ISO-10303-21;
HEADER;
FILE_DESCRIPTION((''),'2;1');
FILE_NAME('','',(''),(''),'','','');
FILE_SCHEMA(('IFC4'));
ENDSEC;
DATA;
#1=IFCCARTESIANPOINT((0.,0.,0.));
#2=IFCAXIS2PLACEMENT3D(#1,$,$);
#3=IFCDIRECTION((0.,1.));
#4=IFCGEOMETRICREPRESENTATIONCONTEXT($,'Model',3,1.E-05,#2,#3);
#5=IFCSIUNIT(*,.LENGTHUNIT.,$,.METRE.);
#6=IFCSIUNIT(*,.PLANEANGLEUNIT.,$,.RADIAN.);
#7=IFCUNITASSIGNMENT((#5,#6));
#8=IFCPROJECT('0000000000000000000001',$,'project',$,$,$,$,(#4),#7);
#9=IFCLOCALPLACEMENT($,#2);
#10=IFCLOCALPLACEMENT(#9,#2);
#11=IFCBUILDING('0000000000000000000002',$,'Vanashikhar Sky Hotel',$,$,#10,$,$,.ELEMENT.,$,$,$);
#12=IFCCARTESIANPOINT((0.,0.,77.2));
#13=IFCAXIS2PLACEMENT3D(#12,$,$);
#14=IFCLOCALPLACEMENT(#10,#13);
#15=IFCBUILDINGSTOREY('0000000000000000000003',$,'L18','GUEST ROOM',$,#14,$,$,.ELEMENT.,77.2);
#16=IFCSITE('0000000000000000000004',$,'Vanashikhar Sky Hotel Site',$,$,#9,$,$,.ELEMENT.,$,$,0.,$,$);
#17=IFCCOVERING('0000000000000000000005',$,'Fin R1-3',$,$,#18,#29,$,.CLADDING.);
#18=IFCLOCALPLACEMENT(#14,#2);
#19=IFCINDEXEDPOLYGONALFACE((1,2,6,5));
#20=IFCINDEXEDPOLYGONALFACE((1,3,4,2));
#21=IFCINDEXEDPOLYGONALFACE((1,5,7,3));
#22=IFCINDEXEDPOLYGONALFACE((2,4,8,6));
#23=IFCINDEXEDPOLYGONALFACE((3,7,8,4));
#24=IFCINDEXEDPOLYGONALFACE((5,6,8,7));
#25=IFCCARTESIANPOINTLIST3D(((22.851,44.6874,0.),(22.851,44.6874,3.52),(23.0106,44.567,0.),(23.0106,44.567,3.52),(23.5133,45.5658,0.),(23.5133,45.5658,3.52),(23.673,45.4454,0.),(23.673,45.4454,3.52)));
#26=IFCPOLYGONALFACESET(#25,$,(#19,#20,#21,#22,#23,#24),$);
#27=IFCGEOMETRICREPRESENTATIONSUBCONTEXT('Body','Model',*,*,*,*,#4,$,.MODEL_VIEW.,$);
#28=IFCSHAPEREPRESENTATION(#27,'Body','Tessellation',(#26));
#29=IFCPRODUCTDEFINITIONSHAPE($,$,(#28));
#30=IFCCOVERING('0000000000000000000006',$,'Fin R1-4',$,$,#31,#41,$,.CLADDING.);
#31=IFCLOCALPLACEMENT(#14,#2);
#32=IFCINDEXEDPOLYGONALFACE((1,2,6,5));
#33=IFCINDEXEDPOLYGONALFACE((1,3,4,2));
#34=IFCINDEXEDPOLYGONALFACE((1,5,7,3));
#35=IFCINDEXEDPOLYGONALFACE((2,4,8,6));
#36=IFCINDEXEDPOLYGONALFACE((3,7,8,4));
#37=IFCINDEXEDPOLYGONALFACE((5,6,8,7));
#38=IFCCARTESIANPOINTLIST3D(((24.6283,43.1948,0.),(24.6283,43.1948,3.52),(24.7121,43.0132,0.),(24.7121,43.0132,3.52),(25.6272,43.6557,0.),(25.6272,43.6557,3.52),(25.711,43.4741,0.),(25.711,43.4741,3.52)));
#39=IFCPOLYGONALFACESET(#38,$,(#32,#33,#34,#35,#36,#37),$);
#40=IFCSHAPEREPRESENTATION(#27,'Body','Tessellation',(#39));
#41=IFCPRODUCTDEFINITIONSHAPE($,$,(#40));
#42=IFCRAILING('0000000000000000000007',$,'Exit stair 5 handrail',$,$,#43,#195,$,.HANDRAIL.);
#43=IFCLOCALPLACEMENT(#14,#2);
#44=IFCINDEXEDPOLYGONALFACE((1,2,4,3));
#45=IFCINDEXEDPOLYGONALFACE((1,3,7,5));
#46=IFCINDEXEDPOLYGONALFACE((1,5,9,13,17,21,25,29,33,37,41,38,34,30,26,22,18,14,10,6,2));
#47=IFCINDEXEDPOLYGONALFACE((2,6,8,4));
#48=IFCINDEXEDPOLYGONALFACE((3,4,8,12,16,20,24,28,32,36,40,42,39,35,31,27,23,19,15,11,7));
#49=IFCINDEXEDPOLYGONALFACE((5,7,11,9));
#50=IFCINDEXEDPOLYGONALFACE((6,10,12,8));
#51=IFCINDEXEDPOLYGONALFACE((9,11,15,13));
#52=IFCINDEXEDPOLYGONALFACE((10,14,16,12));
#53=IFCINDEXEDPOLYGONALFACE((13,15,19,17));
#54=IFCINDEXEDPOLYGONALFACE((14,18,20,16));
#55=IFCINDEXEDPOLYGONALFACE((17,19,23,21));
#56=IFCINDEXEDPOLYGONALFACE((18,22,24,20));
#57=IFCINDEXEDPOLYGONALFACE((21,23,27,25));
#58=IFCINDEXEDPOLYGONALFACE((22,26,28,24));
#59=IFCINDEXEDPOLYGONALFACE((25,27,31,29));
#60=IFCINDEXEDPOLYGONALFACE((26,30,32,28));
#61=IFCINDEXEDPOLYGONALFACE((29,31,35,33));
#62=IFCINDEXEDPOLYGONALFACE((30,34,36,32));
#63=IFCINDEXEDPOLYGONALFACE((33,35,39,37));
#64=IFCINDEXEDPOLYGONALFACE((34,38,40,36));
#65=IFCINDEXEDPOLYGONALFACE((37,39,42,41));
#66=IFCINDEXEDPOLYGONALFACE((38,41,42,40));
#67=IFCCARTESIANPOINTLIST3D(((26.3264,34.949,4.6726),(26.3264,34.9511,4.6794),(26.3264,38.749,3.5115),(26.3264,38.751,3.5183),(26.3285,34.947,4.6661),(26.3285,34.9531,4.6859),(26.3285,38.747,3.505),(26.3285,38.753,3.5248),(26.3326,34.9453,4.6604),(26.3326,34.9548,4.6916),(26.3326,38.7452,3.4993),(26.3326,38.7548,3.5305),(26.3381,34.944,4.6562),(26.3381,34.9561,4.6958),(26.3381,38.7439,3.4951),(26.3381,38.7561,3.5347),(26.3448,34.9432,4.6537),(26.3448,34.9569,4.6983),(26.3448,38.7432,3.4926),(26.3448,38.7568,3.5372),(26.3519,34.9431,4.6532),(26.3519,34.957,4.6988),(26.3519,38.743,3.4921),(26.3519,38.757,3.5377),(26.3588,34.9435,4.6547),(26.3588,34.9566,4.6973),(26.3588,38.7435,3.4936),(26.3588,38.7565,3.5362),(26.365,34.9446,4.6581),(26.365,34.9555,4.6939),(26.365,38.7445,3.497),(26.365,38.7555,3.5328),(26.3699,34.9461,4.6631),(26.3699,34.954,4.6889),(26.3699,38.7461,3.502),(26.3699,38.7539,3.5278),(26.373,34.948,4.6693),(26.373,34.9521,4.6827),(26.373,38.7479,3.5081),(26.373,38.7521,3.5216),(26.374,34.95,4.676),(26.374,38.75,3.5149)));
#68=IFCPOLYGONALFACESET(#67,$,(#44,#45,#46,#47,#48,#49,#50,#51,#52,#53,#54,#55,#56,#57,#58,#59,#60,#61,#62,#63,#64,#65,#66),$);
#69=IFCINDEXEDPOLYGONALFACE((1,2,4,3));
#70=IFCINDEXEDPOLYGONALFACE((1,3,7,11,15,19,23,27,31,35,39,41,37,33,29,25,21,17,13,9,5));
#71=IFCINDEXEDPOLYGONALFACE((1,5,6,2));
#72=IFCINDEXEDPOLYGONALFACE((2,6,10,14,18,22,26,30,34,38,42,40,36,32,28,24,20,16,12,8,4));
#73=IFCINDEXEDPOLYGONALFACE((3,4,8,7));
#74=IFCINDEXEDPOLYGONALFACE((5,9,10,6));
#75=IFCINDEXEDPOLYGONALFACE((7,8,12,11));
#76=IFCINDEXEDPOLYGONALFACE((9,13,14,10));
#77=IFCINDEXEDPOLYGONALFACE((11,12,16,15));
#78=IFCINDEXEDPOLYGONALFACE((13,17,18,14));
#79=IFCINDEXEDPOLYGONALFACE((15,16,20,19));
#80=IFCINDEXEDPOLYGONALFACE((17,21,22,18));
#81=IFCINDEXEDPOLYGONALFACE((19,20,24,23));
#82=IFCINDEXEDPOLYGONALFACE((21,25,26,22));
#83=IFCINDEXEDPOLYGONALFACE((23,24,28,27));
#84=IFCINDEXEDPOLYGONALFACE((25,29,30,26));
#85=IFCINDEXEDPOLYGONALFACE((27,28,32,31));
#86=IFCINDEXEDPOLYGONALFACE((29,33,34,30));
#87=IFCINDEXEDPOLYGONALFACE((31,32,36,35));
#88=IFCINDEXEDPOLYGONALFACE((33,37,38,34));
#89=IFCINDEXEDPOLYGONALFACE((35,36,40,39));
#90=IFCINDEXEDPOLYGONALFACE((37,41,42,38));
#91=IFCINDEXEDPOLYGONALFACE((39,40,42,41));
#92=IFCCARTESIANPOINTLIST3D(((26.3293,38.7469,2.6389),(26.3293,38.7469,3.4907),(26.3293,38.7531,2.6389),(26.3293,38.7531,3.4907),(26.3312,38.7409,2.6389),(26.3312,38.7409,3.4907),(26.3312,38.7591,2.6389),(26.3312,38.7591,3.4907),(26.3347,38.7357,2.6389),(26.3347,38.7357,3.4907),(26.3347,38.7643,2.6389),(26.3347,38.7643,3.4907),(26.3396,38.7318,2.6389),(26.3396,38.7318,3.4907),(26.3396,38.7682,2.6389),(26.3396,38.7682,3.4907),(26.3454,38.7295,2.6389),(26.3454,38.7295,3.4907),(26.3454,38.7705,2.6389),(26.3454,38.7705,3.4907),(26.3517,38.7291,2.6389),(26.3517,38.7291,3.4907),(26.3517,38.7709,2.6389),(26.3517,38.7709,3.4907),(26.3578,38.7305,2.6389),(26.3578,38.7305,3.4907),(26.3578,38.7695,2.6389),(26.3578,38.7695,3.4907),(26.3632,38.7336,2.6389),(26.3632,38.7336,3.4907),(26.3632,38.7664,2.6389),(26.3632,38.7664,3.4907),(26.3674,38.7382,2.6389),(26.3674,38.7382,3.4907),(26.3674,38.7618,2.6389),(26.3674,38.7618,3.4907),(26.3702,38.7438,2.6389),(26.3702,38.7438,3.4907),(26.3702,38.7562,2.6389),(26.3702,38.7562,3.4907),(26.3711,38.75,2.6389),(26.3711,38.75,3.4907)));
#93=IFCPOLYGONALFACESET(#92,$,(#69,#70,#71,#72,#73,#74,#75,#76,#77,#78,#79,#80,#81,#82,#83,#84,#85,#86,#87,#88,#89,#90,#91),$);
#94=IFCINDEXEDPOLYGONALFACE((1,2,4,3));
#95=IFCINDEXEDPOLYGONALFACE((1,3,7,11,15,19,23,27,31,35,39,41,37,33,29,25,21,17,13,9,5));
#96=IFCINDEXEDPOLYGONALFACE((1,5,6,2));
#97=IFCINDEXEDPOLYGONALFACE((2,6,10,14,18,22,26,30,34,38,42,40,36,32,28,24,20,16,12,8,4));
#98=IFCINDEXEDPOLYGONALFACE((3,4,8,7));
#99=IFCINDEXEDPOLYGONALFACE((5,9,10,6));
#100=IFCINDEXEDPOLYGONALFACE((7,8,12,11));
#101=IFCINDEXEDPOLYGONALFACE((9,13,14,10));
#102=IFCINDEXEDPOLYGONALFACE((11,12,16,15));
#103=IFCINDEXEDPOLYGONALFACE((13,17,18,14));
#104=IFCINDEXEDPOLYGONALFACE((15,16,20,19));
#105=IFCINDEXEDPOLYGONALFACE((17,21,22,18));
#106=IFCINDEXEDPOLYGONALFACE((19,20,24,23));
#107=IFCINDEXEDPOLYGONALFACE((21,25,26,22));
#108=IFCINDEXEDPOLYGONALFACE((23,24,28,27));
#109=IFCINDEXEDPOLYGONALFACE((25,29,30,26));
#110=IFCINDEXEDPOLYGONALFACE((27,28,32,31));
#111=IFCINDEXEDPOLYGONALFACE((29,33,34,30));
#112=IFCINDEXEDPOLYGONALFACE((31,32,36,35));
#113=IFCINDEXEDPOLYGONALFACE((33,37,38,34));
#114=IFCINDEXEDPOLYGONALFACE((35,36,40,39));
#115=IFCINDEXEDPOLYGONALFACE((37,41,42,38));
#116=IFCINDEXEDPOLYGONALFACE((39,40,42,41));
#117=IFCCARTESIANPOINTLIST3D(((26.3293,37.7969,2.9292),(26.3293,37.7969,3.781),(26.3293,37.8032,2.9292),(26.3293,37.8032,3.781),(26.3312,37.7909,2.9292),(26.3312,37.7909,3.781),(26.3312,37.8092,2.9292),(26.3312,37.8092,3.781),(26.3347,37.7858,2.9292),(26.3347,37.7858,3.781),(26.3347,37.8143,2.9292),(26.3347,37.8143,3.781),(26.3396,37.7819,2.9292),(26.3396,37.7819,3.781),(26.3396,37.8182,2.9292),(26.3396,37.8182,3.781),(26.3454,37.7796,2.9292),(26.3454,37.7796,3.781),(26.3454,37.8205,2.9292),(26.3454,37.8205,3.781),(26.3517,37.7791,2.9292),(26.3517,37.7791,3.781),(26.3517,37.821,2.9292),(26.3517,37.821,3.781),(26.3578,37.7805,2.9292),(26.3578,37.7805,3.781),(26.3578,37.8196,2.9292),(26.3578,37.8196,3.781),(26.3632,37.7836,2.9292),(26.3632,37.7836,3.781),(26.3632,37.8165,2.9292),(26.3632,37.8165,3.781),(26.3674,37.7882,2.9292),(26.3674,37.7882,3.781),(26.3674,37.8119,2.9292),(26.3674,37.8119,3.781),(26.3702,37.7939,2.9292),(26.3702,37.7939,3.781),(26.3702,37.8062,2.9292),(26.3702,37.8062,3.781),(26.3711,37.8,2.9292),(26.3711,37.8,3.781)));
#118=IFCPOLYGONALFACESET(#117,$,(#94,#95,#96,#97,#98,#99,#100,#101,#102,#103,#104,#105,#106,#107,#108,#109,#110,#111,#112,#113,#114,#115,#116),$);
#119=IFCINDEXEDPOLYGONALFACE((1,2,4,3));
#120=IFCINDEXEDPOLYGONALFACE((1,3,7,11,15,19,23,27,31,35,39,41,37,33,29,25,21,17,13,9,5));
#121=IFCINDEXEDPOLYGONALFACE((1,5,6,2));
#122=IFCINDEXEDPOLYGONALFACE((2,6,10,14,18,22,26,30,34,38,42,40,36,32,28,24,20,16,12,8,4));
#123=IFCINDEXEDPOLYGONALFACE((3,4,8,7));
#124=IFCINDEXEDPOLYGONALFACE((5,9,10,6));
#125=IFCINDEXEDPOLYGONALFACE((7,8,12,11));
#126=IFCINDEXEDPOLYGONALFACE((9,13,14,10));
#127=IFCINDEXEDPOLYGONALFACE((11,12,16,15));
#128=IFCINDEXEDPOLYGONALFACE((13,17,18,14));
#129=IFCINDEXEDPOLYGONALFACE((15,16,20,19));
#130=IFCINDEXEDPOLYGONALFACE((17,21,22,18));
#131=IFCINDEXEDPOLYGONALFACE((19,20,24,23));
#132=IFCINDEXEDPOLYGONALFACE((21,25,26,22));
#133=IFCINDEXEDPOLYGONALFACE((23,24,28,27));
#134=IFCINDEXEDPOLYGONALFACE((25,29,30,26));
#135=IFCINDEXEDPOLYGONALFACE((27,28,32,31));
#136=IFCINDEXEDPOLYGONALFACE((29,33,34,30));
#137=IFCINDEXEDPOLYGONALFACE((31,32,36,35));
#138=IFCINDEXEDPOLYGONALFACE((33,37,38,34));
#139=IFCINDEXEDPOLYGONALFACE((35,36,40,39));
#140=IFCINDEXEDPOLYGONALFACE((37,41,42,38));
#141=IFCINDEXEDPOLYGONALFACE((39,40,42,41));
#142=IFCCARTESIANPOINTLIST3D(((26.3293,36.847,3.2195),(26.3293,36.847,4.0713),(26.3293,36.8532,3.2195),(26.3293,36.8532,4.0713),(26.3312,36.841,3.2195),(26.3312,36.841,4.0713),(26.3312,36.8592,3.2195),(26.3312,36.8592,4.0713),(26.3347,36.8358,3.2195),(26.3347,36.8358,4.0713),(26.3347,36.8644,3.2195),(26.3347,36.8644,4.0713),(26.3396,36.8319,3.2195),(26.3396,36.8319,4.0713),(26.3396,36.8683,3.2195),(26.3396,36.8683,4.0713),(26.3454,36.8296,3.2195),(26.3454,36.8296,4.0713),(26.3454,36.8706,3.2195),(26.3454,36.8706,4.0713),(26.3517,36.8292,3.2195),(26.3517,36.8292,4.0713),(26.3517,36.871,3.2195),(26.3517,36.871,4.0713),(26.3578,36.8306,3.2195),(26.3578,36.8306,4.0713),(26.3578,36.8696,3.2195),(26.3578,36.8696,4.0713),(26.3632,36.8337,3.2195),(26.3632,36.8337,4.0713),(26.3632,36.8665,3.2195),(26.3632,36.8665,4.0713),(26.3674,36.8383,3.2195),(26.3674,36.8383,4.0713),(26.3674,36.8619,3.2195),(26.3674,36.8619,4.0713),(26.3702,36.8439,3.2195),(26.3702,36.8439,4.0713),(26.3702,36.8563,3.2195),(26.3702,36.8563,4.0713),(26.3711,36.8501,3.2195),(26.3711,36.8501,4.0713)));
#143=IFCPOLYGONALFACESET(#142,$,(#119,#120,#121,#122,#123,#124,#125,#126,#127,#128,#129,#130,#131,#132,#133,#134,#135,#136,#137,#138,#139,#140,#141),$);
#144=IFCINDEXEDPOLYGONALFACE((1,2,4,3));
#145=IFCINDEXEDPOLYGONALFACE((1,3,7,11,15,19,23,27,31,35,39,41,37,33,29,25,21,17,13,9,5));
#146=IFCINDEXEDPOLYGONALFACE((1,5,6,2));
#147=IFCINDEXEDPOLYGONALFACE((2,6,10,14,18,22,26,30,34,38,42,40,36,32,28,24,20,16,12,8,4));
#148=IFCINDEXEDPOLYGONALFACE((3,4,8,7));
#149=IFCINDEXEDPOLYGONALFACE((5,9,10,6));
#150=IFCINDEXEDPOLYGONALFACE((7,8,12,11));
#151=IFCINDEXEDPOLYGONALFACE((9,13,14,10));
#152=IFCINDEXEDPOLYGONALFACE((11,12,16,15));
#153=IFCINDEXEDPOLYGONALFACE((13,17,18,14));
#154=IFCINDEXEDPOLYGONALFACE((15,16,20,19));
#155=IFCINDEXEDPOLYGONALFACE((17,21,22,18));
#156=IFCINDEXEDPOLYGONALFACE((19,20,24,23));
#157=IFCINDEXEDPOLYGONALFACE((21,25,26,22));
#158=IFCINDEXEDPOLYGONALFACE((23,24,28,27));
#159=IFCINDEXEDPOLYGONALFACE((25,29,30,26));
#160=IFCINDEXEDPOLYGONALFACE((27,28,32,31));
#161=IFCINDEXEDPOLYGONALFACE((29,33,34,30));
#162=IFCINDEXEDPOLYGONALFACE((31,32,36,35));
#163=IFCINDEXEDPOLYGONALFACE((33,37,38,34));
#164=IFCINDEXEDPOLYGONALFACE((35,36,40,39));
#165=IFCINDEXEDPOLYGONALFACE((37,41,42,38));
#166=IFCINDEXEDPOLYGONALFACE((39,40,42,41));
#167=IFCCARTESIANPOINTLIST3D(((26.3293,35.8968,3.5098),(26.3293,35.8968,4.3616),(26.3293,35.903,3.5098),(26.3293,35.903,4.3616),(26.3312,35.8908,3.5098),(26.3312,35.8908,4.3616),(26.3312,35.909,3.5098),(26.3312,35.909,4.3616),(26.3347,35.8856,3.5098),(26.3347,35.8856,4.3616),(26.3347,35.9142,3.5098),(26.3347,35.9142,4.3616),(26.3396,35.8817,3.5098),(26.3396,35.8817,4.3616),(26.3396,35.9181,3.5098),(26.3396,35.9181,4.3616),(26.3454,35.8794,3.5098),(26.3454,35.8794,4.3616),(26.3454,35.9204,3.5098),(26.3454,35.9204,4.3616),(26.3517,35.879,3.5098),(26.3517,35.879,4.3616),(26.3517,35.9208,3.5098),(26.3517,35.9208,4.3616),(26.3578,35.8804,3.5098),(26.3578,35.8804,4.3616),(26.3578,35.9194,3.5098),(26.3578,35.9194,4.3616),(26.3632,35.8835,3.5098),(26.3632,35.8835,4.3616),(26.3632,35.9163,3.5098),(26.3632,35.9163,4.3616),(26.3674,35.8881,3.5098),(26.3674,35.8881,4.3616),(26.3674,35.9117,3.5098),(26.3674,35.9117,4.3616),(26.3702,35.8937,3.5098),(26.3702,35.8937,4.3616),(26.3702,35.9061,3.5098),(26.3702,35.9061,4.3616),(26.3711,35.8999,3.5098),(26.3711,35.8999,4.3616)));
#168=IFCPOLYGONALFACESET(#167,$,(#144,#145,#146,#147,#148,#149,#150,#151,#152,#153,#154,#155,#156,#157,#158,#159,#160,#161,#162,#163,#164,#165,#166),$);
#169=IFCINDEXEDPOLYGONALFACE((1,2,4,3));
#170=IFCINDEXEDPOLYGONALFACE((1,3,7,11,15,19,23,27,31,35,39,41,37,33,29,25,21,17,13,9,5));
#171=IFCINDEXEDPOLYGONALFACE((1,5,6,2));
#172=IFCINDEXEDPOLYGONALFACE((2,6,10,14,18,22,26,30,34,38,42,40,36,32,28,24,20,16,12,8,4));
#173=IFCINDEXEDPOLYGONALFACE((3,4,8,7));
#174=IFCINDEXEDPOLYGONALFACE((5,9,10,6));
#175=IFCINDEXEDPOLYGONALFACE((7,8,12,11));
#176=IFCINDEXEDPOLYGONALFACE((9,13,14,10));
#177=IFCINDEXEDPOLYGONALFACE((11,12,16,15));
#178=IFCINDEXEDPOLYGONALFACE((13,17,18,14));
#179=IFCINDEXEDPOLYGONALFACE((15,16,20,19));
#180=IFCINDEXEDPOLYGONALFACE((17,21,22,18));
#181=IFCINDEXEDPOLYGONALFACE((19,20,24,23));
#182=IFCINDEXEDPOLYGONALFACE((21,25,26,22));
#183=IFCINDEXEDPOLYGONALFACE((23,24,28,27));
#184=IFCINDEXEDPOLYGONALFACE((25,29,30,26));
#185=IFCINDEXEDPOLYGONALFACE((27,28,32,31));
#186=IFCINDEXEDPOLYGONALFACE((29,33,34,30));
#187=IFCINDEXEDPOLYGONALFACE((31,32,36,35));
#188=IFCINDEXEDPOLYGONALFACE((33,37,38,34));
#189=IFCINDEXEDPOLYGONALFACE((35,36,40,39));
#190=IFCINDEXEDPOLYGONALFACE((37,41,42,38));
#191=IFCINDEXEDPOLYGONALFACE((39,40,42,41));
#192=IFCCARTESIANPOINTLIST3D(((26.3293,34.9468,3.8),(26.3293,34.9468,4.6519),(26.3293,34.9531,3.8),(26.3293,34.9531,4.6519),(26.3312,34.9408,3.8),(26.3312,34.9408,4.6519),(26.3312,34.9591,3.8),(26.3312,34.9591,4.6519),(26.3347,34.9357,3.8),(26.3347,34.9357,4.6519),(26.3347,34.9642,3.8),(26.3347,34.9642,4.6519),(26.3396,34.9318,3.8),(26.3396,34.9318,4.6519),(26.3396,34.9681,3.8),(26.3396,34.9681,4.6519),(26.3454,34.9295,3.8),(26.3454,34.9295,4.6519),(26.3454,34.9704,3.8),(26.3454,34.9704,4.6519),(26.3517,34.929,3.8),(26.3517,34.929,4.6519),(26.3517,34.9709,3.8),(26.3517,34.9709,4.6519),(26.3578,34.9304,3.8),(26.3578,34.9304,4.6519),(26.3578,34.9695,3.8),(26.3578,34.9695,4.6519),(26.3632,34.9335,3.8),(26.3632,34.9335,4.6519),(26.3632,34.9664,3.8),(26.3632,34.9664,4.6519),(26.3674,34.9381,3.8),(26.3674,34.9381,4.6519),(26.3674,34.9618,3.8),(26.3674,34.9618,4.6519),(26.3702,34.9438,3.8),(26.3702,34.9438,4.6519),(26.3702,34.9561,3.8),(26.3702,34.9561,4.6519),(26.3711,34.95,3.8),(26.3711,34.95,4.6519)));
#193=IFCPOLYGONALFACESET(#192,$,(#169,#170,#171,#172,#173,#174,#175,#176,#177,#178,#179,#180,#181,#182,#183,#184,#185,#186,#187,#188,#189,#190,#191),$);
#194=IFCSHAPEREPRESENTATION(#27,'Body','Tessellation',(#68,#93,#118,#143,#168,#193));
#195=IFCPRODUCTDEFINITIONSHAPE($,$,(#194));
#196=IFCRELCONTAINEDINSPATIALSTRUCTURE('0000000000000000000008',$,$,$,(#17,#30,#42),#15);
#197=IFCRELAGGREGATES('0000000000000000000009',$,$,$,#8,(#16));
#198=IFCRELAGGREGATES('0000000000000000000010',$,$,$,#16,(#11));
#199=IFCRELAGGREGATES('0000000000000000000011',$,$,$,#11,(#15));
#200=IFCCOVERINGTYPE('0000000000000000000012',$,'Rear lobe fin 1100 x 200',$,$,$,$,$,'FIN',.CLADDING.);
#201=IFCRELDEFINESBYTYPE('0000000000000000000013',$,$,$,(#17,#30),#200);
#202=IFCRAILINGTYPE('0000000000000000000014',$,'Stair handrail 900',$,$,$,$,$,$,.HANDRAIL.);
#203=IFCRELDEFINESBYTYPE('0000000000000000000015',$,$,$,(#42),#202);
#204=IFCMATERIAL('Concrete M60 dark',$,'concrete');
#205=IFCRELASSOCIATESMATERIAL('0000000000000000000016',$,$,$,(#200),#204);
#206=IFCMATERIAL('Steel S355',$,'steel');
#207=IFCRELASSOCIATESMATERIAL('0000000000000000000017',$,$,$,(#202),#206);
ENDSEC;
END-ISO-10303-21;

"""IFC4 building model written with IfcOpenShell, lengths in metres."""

from ifc_helpers import new_model, si_unit, direction, frame, origin, origin_2d, place, context, subcontext, project, spatial, rectangle, circle, extrude, source, transform, mapped, material, material_profile, profile_set, type_object, element, save


model = new_model("IFC4")

# Units and contexts
model_context = context("Model", 3, precision=1e-05, world=origin(), true_north=direction((0.0, 1.0)))
body_context = subcontext(model_context, "Body", "Model", "MODEL_VIEW")
ifc_project = project(units=[si_unit("LENGTHUNIT", "METRE"), si_unit("PLANEANGLEUNIT", "RADIAN")], contexts=[model_context])

# Site, building, storey
site_placement = place(None, origin())
site = spatial("IfcSite", under=ifc_project, at=site_placement, Name="Vanashikhar Sky Hotel Site", CompositionType="ELEMENT", RefElevation=0.0)
building_placement = place(site_placement, origin())
building = spatial("IfcBuilding", under=site, at=building_placement, Name="Vanashikhar Sky Hotel", CompositionType="ELEMENT")
storey_placement = place(building_placement, frame((0.0, 0.0, 77.2)))
storey = spatial("IfcBuildingStorey", under=building, at=storey_placement, Name="L18", Description="GUEST ROOM", CompositionType="ELEMENT", Elevation=77.2)

# Coverings
ifc_material_1 = material(Name="Concrete M60 dark", Category="concrete")
ifc_material_profile = material_profile(ifc_material_1, rectangle(XDim=1.1001, YDim=0.2, at=origin_2d()))
ifc_profile_set = profile_set([ifc_material_profile], Name="Rear lobe fin 1100 x 200")
covering_type = type_object("IfcCoveringType", Name="Rear lobe fin 1100 x 200", ElementType="FIN", PredefinedType="CLADDING", material=ifc_profile_set)
shared_shape_1 = source(origin(), body_context, "Body", "SweptSolid", [
    extrude(rectangle(XDim=1.1001, YDim=0.2, at=origin_2d()), origin(), (0.0, 0.0, 1.0), 3.52),
])
for number, where, z_axis, x_axis, name in (
    (1, (23.262, 45.0664, 0.0), (0.0, 0.0, 1.0), (0.602066, 0.798446, 0.0), "Fin R1-3"),
    (2, (25.1697, 43.3345, 0.0), (0.0, 0.0, 1.0), (0.908004, 0.418961, 0.0), "Fin R1-4"),
):
    element("IfcCovering", number, at=place(storey_placement, frame(where, z_axis=z_axis, x_axis=x_axis)), inside=storey, type_object=covering_type, Name=name, PredefinedType="CLADDING", context=body_context, shape_type="MappedRepresentation", body=[
        mapped(shared_shape_1, transform((0.0, 0.0, 0.0), scale=1.0)),
    ])

# Railing
ifc_material_2 = material(Name="Steel S355", Category="steel")
railing_type = type_object("IfcRailingType", Name="Stair handrail 900", PredefinedType="HANDRAIL", material=ifc_material_2)
shared_shape_2 = source(origin(), body_context, "Body", "SweptSolid", [
    extrude(circle(Radius=0.0239, at=origin_2d()), frame((0.0, 0.0, 0.876), z_axis=(0.0, -0.956351, 0.29222), x_axis=(1.0, 0.0, 0.0)), (0.0, 0.0, 1.0), 3.9734),
    extrude(circle(Radius=0.021, at=origin_2d()), origin(), (0.0, 0.0, 1.0), 0.8518),
    extrude(circle(Radius=0.021, at=origin_2d()), frame((0.0, -0.95, 0.2903)), (0.0, 0.0, 1.0), 0.8518),
    extrude(circle(Radius=0.021, at=origin_2d()), frame((0.0, -1.8999, 0.5806)), (0.0, 0.0, 1.0), 0.8518),
    extrude(circle(Radius=0.021, at=origin_2d()), frame((0.0, -2.8501, 0.8708)), (0.0, 0.0, 1.0), 0.8518),
    extrude(circle(Radius=0.021, at=origin_2d()), frame((0.0, -3.8, 1.1611)), (0.0, 0.0, 1.0), 0.8518),
])
railing_1_placement = place(storey_placement, frame((26.3501, 38.75, 2.6389)))
element("IfcRailing", 3, at=railing_1_placement, inside=storey, type_object=railing_type, Name="Exit stair 5 handrail", PredefinedType="HANDRAIL", context=body_context, shape_type="MappedRepresentation", body=[
    mapped(shared_shape_2, transform((0.0, 0.0, 0.0), scale=1.0)),
])

save(model, "model.ifc")
